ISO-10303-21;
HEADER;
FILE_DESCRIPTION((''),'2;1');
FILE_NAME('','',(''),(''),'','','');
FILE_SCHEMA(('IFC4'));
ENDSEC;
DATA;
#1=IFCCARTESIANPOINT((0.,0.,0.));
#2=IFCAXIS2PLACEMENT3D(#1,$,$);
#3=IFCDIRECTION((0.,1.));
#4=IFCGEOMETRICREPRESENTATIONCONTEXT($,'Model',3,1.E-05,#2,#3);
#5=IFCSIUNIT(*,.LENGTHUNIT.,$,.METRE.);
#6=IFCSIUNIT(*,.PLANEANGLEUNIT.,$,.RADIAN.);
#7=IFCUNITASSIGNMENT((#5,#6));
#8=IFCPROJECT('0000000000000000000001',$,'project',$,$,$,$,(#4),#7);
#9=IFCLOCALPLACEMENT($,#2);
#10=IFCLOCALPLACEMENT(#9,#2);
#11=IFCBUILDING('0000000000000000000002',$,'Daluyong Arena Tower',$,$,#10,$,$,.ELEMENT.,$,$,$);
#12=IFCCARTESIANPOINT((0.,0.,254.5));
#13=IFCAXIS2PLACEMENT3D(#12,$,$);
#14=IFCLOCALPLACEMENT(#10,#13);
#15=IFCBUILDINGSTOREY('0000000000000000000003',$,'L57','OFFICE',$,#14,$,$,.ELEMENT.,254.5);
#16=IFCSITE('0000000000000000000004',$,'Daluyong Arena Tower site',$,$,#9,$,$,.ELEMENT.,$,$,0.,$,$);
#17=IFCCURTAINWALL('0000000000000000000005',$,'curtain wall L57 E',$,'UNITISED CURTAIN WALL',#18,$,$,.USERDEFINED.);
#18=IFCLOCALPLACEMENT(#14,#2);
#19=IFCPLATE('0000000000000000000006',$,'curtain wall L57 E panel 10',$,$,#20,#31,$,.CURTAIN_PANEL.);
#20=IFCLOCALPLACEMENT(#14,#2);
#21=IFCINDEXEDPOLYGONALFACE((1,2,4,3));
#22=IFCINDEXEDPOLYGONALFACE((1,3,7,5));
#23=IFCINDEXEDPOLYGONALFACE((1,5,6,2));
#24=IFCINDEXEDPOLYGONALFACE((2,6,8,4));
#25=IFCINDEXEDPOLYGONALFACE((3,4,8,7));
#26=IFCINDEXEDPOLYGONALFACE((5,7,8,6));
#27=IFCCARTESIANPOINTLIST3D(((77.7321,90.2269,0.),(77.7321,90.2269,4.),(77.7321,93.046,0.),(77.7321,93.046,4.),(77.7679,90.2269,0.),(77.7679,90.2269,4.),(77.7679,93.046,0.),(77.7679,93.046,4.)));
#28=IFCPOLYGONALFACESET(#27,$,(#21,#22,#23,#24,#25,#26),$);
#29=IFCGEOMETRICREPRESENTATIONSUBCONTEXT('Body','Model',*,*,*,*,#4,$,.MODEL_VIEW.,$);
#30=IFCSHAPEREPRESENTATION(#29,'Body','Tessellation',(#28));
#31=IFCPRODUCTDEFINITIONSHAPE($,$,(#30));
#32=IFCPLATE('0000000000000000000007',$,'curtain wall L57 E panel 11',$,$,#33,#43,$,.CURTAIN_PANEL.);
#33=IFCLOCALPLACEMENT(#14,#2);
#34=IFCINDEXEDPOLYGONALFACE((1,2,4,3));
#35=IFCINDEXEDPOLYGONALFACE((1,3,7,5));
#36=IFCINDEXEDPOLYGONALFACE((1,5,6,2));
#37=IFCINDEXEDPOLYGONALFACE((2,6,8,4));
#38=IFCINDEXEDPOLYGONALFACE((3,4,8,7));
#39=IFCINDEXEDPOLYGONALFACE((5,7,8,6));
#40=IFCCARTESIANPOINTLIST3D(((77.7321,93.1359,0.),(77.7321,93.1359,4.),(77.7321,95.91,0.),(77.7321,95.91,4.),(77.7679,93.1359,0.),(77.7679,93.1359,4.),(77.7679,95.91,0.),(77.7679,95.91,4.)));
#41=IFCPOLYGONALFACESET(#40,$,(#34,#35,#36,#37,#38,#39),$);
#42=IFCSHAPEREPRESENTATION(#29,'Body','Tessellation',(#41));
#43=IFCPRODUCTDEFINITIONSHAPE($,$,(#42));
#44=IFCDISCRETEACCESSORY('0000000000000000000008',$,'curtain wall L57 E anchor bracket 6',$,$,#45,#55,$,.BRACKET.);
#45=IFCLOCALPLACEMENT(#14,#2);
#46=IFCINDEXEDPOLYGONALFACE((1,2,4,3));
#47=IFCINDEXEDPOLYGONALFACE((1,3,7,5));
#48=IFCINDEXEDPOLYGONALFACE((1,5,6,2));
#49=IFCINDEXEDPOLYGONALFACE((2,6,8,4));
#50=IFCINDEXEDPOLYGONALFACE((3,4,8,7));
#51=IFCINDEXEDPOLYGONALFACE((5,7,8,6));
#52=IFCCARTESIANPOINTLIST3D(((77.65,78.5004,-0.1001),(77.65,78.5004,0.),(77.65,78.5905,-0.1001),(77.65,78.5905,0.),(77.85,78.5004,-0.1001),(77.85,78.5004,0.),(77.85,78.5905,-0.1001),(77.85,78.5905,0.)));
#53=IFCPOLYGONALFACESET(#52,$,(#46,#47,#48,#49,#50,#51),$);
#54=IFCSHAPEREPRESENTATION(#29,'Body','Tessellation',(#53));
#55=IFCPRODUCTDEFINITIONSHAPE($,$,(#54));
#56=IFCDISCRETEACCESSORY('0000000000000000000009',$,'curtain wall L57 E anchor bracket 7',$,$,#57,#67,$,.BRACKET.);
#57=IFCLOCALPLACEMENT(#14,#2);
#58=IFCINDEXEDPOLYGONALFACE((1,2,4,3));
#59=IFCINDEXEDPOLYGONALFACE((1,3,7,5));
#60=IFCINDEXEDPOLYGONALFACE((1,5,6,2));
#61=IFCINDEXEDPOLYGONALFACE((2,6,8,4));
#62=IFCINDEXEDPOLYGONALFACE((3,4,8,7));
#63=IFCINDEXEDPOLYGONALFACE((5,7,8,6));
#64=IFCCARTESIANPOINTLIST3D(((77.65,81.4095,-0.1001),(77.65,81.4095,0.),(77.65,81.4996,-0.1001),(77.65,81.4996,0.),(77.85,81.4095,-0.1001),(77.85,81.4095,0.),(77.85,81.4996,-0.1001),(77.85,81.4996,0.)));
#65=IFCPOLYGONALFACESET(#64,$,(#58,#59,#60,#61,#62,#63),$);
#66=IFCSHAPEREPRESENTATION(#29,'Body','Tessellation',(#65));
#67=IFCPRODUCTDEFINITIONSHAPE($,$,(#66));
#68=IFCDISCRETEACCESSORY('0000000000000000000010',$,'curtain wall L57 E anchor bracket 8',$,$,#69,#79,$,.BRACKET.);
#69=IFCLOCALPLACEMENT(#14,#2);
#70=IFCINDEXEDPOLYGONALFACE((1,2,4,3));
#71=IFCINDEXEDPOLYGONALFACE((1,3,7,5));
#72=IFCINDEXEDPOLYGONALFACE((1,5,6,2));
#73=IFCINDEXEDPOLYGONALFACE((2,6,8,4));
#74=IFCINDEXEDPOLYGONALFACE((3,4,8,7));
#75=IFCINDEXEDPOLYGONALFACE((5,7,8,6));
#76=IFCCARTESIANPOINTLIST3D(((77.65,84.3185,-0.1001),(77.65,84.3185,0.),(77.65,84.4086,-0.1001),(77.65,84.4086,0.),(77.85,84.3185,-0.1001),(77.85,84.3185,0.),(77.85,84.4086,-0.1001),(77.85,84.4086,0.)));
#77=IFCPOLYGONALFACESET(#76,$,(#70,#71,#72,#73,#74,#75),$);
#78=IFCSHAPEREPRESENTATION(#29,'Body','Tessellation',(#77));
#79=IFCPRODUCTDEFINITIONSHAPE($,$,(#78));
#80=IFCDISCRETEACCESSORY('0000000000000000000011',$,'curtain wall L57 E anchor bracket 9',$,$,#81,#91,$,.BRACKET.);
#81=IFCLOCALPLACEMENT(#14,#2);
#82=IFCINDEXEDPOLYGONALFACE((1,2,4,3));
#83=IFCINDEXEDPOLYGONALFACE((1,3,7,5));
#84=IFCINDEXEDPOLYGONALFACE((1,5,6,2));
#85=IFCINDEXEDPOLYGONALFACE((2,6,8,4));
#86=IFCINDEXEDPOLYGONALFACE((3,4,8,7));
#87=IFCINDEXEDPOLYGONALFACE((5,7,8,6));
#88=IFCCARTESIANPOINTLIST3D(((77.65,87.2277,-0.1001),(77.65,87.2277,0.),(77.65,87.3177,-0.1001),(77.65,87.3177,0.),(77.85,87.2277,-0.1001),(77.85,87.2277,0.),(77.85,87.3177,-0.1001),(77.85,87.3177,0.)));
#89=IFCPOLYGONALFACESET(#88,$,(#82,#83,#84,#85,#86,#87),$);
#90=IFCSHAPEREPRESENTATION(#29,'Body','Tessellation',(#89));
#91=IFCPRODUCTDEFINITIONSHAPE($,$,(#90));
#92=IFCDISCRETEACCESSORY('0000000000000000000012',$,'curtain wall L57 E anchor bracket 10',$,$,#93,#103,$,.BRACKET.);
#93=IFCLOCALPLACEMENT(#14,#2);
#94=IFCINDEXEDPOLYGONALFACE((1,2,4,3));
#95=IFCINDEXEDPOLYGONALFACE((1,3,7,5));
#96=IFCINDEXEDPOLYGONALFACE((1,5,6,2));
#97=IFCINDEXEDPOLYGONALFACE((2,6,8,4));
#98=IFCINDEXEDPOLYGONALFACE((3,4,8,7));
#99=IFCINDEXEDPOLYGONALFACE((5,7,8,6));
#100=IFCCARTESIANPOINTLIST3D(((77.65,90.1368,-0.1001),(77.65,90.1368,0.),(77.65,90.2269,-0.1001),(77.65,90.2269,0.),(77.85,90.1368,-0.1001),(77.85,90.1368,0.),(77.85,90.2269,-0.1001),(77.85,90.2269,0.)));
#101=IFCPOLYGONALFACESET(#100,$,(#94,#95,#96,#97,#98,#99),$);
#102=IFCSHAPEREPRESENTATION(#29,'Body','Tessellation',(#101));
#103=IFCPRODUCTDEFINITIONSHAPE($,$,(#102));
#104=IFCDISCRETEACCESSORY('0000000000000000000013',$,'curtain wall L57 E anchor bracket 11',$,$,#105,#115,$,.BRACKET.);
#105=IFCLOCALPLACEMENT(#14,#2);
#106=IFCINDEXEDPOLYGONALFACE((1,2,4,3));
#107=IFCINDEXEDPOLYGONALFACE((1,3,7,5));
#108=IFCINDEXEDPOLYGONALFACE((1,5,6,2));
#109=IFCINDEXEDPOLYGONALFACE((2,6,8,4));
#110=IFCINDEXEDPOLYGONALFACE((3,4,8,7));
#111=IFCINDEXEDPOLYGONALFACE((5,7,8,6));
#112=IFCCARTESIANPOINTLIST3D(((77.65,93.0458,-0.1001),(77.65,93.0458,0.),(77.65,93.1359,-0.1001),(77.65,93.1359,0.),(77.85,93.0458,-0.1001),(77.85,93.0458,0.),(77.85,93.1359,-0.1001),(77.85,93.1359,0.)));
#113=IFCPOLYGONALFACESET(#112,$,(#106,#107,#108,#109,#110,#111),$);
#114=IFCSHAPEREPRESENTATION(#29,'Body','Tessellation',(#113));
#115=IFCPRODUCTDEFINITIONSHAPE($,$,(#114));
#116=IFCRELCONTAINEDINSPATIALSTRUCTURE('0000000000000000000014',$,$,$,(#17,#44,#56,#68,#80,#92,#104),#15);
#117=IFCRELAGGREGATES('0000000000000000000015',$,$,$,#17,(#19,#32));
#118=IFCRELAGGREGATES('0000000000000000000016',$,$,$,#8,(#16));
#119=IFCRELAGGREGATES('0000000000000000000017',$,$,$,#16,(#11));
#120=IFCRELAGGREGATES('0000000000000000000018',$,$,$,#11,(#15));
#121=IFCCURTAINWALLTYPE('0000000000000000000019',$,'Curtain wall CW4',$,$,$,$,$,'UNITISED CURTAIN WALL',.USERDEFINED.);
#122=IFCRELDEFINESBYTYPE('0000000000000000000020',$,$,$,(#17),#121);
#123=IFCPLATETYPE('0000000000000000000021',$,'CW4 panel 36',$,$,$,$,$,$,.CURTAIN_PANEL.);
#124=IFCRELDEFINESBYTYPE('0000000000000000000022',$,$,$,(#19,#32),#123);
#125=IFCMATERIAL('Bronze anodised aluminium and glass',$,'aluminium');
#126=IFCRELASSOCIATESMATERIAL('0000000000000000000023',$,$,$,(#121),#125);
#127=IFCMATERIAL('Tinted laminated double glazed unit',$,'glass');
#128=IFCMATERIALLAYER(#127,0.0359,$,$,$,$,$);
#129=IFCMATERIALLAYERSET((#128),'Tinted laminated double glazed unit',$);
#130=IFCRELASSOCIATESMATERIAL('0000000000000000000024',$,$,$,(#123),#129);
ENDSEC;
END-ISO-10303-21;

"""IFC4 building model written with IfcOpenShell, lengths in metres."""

from ifc_helpers import new_model, si_unit, direction, frame, origin, origin_2d, place, context, subcontext, project, spatial, rectangle, extrude, material, layer, layer_set, type_object, element, aggregate, save


model = new_model("IFC4")

# Units and contexts
model_context = context("Model", 3, precision=1e-05, world=origin(), true_north=direction((0.0, 1.0)))
body_context = subcontext(model_context, "Body", "Model", "MODEL_VIEW")
ifc_project = project(units=[si_unit("LENGTHUNIT", "METRE"), si_unit("PLANEANGLEUNIT", "RADIAN")], contexts=[model_context])

# Site, building, storey
site_placement = place(None, origin())
site = spatial("IfcSite", under=ifc_project, at=site_placement, Name="Daluyong Arena Tower site", CompositionType="ELEMENT", RefElevation=0.0)
building_placement = place(site_placement, origin())
building = spatial("IfcBuilding", under=site, at=building_placement, Name="Daluyong Arena Tower", CompositionType="ELEMENT")
storey_placement = place(building_placement, frame((0.0, 0.0, 254.5)))
storey = spatial("IfcBuildingStorey", under=building, at=storey_placement, Name="L57", Description="OFFICE", CompositionType="ELEMENT", Elevation=254.5)

# Curtain wall
ifc_material_1 = material(Name="Bronze anodised aluminium and glass", Category="aluminium")
curtain_wall_type = type_object("IfcCurtainWallType", Name="Curtain wall CW4", ElementType="UNITISED CURTAIN WALL", PredefinedType="USERDEFINED", material=ifc_material_1)
curtain_wall_placement = place(storey_placement, origin())
curtain_wall = element("IfcCurtainWall", 1, at=curtain_wall_placement, inside=storey, type_object=curtain_wall_type, Name="curtain wall L57 E", ObjectType="UNITISED CURTAIN WALL", PredefinedType="USERDEFINED")

# Plates
ifc_material_2 = material(Name="Tinted laminated double glazed unit", Category="glass")
ifc_layer = layer(ifc_material_2, 0.0359)
ifc_layer_set = layer_set([ifc_layer], Name="Tinted laminated double glazed unit")
plate_type = type_object("IfcPlateType", Name="CW4 panel 36", PredefinedType="CURTAIN_PANEL", material=ifc_layer_set)
plate_1_placement = place(storey_placement, frame((77.75, 91.6365, 0.0), z_axis=(0.0, 0.0, 1.0), x_axis=(0.0, 1.0, 0.0)))
plate_1 = element("IfcPlate", 2, at=plate_1_placement, type_object=plate_type, Name="curtain wall L57 E panel 10", PredefinedType="CURTAIN_PANEL", context=body_context, shape_type="SweptSolid", body=[
    extrude(rectangle(XDim=2.8191, YDim=0.0359, at=origin_2d()), origin(), (0.0, 0.0, 1.0), 4.0),
])
plate_2_placement = place(storey_placement, frame((77.75, 94.5229, 0.0), z_axis=(0.0, 0.0, 1.0), x_axis=(0.0, 1.0, 0.0)))
plate_2 = element("IfcPlate", 3, at=plate_2_placement, type_object=plate_type, Name="curtain wall L57 E panel 11", PredefinedType="CURTAIN_PANEL", context=body_context, shape_type="SweptSolid", body=[
    extrude(rectangle(XDim=2.7742, YDim=0.0359, at=origin_2d()), origin(), (0.0, 0.0, 1.0), 4.0),
])
aggregate(curtain_wall, [plate_1, plate_2])

# Discrete accessories
for number, where, z_axis, x_axis, name in (
    (4, (77.75, 78.5454, -0.1001), (0.0, 0.0, 1.0), (0.0, 1.0, 0.0), "curtain wall L57 E anchor bracket 6"),
    (5, (77.75, 81.4546, -0.1001), (0.0, 0.0, 1.0), (0.0, 1.0, 0.0), "curtain wall L57 E anchor bracket 7"),
    (6, (77.75, 84.3635, -0.1001), (0.0, 0.0, 1.0), (0.0, 1.0, 0.0), "curtain wall L57 E anchor bracket 8"),
    (7, (77.75, 87.2727, -0.1001), (0.0, 0.0, 1.0), (0.0, 1.0, 0.0), "curtain wall L57 E anchor bracket 9"),
    (8, (77.75, 90.1819, -0.1001), (0.0, 0.0, 1.0), (0.0, 1.0, 0.0), "curtain wall L57 E anchor bracket 10"),
    (9, (77.75, 93.0908, -0.1001), (0.0, 0.0, 1.0), (0.0, 1.0, 0.0), "curtain wall L57 E anchor bracket 11"),
):
    element("IfcDiscreteAccessory", number, at=place(storey_placement, frame(where, z_axis=z_axis, x_axis=x_axis)), inside=storey, Name=name, PredefinedType="BRACKET", context=body_context, shape_type="SweptSolid", body=[
        extrude(rectangle(XDim=0.0901, YDim=0.2, at=origin_2d()), origin(), (0.0, 0.0, 1.0), 0.1001),
    ])

save(model, "model.ifc")
